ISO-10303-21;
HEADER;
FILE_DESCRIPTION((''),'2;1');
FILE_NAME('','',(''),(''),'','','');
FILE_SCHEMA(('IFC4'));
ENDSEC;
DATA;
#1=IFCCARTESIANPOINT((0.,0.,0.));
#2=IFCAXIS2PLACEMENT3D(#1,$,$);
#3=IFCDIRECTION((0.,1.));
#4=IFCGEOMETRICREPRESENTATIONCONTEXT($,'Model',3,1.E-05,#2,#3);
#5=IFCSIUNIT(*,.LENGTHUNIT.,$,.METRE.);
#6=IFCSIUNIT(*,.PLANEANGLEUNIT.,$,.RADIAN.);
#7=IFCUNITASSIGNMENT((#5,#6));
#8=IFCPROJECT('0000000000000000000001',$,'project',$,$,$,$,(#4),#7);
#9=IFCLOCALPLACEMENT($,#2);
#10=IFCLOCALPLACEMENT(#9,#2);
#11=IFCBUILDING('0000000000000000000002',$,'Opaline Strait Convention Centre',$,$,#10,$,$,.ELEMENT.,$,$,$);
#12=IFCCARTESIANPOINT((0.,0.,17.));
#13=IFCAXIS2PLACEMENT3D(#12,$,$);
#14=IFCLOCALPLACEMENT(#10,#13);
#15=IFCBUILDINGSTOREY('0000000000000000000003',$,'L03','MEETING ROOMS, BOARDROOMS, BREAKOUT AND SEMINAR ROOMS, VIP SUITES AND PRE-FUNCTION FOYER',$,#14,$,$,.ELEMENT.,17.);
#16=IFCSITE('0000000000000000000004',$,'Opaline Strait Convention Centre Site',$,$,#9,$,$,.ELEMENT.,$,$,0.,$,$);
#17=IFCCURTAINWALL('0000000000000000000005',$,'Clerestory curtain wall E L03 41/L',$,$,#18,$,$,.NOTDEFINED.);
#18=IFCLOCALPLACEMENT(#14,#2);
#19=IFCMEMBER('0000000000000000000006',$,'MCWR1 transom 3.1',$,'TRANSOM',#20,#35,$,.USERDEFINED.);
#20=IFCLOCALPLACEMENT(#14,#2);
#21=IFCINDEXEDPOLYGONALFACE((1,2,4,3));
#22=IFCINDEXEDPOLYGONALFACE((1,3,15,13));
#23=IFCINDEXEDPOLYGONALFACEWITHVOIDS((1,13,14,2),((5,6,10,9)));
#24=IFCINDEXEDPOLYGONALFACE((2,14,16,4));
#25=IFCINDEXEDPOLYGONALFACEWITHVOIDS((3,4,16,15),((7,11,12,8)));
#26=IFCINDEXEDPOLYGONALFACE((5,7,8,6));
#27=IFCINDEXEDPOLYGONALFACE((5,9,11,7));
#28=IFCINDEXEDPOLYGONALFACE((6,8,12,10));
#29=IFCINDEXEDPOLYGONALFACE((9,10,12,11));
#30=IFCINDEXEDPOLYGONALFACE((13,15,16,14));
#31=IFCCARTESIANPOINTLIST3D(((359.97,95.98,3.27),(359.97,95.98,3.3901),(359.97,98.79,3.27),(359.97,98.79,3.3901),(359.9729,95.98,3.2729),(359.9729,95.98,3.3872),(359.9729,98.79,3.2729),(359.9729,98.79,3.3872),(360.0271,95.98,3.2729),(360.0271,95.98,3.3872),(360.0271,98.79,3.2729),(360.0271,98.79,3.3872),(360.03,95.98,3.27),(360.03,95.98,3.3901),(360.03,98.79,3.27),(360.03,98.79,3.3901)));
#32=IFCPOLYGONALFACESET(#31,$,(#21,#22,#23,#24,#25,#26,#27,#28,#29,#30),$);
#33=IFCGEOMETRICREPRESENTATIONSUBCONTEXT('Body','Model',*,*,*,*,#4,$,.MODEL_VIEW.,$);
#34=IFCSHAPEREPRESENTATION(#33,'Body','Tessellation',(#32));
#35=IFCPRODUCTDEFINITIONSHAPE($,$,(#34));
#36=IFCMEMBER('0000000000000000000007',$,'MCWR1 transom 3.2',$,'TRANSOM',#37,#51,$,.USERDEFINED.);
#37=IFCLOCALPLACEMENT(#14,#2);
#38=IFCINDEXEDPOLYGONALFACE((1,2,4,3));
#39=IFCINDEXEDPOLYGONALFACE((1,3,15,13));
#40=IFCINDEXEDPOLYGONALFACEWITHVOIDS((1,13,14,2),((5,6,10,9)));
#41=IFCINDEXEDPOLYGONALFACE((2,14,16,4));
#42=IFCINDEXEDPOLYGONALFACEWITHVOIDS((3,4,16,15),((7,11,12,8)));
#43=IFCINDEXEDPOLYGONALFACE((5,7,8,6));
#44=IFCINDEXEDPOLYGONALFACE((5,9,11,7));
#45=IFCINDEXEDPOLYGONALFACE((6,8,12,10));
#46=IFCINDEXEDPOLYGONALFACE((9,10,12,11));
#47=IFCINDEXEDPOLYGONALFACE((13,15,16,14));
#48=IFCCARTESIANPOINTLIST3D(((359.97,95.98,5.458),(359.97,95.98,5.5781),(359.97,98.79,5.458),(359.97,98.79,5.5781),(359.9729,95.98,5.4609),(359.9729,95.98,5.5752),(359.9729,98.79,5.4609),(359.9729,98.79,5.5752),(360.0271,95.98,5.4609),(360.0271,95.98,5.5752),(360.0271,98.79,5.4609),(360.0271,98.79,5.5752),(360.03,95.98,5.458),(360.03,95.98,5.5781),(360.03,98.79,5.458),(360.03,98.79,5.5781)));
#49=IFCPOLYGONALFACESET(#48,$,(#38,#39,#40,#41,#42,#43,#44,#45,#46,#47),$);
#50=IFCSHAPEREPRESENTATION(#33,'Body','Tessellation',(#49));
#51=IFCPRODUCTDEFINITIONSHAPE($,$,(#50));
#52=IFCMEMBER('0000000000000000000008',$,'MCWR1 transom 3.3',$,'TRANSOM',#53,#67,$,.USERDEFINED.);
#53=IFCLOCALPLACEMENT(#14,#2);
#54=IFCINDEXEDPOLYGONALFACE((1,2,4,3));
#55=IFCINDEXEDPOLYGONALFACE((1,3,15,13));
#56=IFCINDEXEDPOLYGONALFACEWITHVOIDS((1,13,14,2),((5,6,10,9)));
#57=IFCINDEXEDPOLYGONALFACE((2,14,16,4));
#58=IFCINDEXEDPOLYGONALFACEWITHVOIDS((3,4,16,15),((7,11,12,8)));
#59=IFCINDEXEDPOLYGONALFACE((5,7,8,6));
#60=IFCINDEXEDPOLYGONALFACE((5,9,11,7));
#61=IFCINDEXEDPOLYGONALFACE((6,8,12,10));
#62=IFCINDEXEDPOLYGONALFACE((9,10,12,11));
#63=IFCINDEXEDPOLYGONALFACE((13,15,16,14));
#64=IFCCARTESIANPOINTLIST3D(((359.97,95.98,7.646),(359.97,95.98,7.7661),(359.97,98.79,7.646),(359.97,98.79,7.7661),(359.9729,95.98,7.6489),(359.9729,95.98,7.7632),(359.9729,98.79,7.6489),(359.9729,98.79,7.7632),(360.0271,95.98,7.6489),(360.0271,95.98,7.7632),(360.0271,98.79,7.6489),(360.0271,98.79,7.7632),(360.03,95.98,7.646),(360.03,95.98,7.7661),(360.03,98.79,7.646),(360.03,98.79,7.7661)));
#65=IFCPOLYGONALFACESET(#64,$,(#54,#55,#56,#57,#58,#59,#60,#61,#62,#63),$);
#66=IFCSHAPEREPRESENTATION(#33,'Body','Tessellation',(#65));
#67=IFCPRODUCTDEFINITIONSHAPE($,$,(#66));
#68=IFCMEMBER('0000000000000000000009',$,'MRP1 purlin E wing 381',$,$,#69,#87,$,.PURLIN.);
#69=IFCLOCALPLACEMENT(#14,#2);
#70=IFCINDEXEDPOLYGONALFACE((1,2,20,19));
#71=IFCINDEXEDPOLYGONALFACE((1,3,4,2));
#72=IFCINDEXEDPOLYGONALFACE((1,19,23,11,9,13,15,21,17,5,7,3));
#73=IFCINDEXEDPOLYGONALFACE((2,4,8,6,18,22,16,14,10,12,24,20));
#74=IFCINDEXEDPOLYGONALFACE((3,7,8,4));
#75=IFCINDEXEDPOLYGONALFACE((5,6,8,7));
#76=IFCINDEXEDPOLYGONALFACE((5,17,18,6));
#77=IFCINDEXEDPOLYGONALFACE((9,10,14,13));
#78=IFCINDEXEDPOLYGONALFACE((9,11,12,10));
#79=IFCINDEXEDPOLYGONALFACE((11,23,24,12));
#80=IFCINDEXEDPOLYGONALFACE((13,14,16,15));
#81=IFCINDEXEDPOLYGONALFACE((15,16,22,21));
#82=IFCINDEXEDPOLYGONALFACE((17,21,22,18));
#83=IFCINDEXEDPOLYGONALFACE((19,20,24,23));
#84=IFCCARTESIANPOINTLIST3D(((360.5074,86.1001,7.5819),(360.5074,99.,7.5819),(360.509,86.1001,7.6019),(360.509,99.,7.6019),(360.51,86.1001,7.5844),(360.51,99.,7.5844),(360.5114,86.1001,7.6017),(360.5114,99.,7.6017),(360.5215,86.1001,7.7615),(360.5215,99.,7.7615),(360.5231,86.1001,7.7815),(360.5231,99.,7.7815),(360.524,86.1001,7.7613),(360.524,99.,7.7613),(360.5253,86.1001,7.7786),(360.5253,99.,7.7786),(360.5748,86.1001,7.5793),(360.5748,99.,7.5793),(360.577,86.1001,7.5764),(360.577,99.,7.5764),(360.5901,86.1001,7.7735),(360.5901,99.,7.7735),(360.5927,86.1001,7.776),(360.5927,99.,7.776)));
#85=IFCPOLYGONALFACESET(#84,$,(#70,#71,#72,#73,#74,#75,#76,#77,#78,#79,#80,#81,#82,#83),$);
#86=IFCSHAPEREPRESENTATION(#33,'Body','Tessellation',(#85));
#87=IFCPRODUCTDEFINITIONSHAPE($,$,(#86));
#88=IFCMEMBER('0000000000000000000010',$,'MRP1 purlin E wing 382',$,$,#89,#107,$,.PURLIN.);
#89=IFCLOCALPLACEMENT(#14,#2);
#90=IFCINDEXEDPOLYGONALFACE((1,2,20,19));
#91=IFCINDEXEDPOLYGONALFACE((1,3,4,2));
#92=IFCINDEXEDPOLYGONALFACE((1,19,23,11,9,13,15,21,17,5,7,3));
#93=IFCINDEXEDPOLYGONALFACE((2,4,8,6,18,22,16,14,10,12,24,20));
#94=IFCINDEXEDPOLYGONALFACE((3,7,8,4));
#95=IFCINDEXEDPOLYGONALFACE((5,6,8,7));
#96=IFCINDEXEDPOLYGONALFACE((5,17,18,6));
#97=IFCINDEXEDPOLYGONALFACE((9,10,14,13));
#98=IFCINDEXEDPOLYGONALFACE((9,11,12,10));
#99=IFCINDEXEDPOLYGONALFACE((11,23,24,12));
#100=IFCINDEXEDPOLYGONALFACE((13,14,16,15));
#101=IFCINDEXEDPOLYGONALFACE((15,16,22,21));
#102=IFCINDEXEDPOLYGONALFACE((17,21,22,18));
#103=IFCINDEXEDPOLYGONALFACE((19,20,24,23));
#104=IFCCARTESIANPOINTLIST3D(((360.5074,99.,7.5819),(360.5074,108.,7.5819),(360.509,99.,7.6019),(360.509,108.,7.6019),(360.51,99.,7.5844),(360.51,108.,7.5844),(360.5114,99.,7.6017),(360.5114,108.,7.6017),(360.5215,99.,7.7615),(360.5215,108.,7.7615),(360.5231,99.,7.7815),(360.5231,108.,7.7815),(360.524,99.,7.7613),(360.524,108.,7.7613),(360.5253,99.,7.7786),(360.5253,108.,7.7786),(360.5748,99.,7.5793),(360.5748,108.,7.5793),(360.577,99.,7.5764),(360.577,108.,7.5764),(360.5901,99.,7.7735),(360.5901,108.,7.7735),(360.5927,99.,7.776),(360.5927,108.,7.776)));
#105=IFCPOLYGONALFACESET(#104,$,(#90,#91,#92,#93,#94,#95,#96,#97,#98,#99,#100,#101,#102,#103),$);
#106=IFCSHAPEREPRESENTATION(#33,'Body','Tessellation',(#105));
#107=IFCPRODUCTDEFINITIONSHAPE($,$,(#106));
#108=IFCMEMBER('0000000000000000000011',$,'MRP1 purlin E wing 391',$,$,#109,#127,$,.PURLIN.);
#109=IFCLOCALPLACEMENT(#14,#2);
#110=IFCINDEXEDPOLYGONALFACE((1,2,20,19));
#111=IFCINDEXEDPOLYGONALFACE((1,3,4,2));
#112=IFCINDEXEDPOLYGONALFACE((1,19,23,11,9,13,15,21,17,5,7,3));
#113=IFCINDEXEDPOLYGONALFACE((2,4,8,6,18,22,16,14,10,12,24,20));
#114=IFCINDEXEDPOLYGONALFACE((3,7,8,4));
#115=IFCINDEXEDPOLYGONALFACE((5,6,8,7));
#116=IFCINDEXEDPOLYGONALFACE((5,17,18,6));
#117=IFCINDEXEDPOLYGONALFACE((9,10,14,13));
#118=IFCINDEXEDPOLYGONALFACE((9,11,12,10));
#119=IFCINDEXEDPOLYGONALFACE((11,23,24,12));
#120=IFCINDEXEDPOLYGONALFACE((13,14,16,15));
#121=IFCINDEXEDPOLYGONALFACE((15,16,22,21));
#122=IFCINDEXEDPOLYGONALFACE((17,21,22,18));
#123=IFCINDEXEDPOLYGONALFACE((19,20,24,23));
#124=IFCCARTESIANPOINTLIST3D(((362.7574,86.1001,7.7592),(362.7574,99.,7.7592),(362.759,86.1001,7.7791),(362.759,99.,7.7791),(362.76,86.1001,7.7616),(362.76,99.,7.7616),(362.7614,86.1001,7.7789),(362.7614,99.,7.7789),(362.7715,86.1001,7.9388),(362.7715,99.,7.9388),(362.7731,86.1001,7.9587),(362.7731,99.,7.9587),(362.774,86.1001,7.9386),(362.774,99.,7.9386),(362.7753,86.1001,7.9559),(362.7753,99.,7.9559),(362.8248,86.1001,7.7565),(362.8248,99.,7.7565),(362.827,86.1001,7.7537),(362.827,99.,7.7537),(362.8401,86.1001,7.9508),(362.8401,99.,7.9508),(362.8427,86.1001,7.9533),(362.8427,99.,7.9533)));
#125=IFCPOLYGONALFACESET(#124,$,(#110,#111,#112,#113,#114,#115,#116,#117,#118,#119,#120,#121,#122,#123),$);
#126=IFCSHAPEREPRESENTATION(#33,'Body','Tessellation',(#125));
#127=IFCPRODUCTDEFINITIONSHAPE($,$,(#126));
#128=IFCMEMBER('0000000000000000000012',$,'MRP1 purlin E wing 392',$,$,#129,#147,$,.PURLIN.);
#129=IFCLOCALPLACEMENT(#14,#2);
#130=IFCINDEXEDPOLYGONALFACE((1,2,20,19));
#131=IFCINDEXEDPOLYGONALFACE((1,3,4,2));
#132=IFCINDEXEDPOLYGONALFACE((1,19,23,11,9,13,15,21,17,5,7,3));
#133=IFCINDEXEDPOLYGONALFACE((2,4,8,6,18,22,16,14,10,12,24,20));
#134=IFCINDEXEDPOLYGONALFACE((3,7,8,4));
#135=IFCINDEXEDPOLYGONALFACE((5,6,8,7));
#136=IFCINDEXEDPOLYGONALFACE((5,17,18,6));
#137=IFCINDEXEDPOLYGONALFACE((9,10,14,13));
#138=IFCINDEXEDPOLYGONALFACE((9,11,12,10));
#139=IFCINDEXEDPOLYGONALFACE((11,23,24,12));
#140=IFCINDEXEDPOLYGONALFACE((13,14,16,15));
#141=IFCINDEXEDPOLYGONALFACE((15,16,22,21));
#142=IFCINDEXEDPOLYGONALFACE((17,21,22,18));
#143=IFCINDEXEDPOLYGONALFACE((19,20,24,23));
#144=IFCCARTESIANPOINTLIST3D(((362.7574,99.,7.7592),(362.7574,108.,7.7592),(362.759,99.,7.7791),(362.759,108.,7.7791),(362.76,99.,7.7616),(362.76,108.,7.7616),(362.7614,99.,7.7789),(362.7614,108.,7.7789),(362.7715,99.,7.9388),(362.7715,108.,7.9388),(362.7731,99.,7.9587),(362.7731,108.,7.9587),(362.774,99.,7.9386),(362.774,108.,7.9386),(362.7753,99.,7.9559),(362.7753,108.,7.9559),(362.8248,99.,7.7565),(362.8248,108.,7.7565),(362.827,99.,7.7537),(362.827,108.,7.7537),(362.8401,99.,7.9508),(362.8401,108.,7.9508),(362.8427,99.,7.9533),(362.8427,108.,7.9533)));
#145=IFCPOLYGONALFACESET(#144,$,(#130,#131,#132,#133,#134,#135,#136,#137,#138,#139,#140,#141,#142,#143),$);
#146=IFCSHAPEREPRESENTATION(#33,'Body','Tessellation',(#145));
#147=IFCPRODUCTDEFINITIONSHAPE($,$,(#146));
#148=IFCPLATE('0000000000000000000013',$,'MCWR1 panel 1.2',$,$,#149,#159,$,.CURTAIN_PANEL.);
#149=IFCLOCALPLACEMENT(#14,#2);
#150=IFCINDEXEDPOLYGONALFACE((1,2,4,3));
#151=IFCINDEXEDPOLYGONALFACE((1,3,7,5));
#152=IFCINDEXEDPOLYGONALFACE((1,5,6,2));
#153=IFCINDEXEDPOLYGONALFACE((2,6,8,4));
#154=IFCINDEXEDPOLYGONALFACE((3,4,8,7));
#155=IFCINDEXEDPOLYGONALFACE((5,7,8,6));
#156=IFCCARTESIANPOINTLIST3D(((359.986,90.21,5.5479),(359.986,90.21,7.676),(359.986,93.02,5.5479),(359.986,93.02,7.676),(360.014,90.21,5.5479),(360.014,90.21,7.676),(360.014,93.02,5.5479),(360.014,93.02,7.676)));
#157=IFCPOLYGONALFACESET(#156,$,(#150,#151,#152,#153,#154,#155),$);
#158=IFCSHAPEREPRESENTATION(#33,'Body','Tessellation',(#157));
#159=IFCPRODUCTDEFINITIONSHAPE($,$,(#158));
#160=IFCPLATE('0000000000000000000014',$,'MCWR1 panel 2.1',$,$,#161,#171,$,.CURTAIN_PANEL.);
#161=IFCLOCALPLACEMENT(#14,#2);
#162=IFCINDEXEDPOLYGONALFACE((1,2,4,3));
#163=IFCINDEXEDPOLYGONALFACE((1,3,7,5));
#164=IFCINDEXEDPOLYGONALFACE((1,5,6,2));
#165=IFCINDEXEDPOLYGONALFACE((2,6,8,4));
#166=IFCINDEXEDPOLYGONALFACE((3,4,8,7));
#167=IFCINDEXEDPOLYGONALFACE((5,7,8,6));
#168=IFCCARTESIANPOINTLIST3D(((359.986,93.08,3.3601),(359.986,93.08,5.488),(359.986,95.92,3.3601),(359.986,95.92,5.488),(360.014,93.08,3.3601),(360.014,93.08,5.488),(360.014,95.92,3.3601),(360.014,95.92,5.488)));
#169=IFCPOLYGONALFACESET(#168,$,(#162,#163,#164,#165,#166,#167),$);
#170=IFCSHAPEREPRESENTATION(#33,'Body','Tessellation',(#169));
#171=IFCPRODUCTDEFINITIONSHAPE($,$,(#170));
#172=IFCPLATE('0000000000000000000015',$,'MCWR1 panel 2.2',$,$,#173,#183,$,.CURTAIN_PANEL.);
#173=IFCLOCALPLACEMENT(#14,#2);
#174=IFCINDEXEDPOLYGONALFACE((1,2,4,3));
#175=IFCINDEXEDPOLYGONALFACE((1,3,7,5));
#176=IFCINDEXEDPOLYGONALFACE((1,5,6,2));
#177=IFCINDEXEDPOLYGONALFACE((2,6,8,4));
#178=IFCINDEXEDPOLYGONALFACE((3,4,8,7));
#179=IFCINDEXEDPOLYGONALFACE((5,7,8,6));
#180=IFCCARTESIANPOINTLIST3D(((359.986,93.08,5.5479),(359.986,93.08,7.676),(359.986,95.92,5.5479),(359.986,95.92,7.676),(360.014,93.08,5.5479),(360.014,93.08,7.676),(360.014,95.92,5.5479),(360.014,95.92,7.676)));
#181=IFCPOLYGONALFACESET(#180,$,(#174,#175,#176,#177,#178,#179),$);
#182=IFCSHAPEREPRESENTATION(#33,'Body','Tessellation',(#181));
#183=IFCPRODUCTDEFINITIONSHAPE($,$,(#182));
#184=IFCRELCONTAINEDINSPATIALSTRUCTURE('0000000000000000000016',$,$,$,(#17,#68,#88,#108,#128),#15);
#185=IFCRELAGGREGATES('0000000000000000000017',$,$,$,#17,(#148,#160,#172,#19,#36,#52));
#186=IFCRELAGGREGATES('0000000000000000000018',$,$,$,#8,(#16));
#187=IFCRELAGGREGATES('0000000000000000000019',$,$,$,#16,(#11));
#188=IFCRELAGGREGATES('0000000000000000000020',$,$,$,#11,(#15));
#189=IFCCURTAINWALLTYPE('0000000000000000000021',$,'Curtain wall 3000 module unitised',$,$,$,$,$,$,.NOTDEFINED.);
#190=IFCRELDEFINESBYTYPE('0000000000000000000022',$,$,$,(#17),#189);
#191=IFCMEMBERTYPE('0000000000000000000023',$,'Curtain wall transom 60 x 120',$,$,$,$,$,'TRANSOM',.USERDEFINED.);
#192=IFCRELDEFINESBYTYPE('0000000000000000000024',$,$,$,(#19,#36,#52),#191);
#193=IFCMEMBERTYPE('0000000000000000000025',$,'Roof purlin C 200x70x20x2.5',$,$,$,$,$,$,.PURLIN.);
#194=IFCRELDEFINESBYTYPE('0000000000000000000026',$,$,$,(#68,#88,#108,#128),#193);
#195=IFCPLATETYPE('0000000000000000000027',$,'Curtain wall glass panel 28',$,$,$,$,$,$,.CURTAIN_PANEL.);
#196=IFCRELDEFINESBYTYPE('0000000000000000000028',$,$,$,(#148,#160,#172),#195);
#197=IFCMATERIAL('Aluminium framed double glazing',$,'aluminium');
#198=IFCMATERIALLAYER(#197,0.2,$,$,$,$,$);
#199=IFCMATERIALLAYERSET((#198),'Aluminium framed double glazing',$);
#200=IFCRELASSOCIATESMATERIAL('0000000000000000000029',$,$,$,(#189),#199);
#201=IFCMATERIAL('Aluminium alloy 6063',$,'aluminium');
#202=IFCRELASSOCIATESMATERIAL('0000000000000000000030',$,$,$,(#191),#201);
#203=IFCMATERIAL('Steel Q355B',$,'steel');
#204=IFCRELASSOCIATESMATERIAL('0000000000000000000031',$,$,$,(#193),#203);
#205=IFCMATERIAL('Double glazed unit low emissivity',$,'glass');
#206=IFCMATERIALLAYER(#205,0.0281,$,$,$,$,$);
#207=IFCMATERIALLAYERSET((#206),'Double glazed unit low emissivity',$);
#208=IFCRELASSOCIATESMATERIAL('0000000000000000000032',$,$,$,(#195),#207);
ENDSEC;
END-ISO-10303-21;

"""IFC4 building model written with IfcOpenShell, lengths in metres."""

from ifc_helpers import new_model, si_unit, direction, frame, origin, origin_2d, place, context, subcontext, project, spatial, polyline, rectangle, hollow_rectangle, outline, extrude, material, layer, layer_set, material_profile, profile_set, type_object, element, aggregate, save


model = new_model("IFC4")

# Units and contexts
model_context = context("Model", 3, precision=1e-05, world=origin(), true_north=direction((0.0, 1.0)))
body_context = subcontext(model_context, "Body", "Model", "MODEL_VIEW")
ifc_project = project(units=[si_unit("LENGTHUNIT", "METRE"), si_unit("PLANEANGLEUNIT", "RADIAN")], contexts=[model_context])

# Site, building, storey
site_placement = place(None, origin())
site = spatial("IfcSite", under=ifc_project, at=site_placement, Name="Opaline Strait Convention Centre Site", CompositionType="ELEMENT", RefElevation=0.0)
building_placement = place(site_placement, origin())
building = spatial("IfcBuilding", under=site, at=building_placement, Name="Opaline Strait Convention Centre", CompositionType="ELEMENT")
storey_placement = place(building_placement, frame((0.0, 0.0, 17.0)))
storey = spatial("IfcBuildingStorey", under=building, at=storey_placement, Name="L03", Description="MEETING ROOMS, BOARDROOMS, BREAKOUT AND SEMINAR ROOMS, VIP SUITES AND PRE-FUNCTION FOYER", CompositionType="ELEMENT", Elevation=17.0)

# Shared definitions
ifc_material_1 = material(Name="Steel Q355B", Category="steel")

# Curtain wall
ifc_material_2 = material(Name="Aluminium framed double glazing", Category="aluminium")
ifc_layer_1 = layer(ifc_material_2, 0.2)
ifc_layer_set_1 = layer_set([ifc_layer_1], Name="Aluminium framed double glazing")
curtain_wall_type = type_object("IfcCurtainWallType", Name="Curtain wall 3000 module unitised", PredefinedType="NOTDEFINED", material=ifc_layer_set_1)
curtain_wall_1_placement = place(storey_placement, origin())
curtain_wall_1 = element("IfcCurtainWall", 1, at=curtain_wall_1_placement, inside=storey, type_object=curtain_wall_type, Name="Clerestory curtain wall E L03 41/L", PredefinedType="NOTDEFINED")
ifc_material_3 = material(Name="Aluminium alloy 6063", Category="aluminium")

# Members
ifc_material_profile_1 = material_profile(ifc_material_3, hollow_rectangle(XDim=0.0601, YDim=0.1201, WallThickness=0.0029, at=origin_2d()), Name="TRANSOM 60x120x3")
ifc_profile_set_1 = profile_set([ifc_material_profile_1], Name="Aluminium alloy 6063")
member_type_1 = type_object("IfcMemberType", Name="Curtain wall transom 60 x 120", ElementType="TRANSOM", PredefinedType="USERDEFINED", material=ifc_profile_set_1)
member_1_placement = place(storey_placement, frame((360.0, 95.98, 3.3301), z_axis=(0.0, 1.0, 0.0), x_axis=(-1.0, 0.0, 0.0)))
member_1 = element("IfcMember", 2, at=member_1_placement, type_object=member_type_1, Name="MCWR1 transom 3.1", ObjectType="TRANSOM", PredefinedType="USERDEFINED", context=body_context, shape_type="SweptSolid", body=[
    extrude(hollow_rectangle(XDim=0.0601, YDim=0.1201, WallThickness=0.0029, at=origin_2d()), origin(), (0.0, 0.0, 1.0), 2.8101),
])
member_2_placement = place(storey_placement, frame((360.0, 95.98, 5.5181), z_axis=(0.0, 1.0, 0.0), x_axis=(-1.0, 0.0, 0.0)))
member_2 = element("IfcMember", 3, at=member_2_placement, type_object=member_type_1, Name="MCWR1 transom 3.2", ObjectType="TRANSOM", PredefinedType="USERDEFINED", context=body_context, shape_type="SweptSolid", body=[
    extrude(hollow_rectangle(XDim=0.0601, YDim=0.1201, WallThickness=0.0029, at=origin_2d()), origin(), (0.0, 0.0, 1.0), 2.8101),
])
member_3_placement = place(storey_placement, frame((360.0, 95.98, 7.7061), z_axis=(0.0, 1.0, 0.0), x_axis=(-1.0, 0.0, 0.0)))
member_3 = element("IfcMember", 4, at=member_3_placement, type_object=member_type_1, Name="MCWR1 transom 3.3", ObjectType="TRANSOM", PredefinedType="USERDEFINED", context=body_context, shape_type="SweptSolid", body=[
    extrude(hollow_rectangle(XDim=0.0601, YDim=0.1201, WallThickness=0.0029, at=origin_2d()), origin(), (0.0, 0.0, 1.0), 2.8101),
])

# Members
ifc_material_profile_2 = material_profile(ifc_material_1, outline(polyline([(-0.0349, -0.1001), (0.0349, -0.1001), (0.0349, -0.0801), (0.0325, -0.0801), (0.0325, -0.0974), (-0.0325, -0.0974), (-0.0325, 0.0974), (0.0325, 0.0974), (0.0325, 0.0801), (0.0349, 0.0801), (0.0349, 0.1001), (-0.0349, 0.1001), (-0.0349, -0.1001)])), Name="C 200x70x20x2.5")
ifc_profile_set_2 = profile_set([ifc_material_profile_2], Name="Steel Q355B")
member_type_2 = type_object("IfcMemberType", Name="Roof purlin C 200x70x20x2.5", PredefinedType="PURLIN", material=ifc_profile_set_2)
member_4_placement = place(storey_placement, frame((360.55, 86.1001, 7.679), z_axis=(0.0, 1.0, 0.0), x_axis=(-0.996917, 0.0, 0.078459)))
element("IfcMember", 5, at=member_4_placement, inside=storey, type_object=member_type_2, Name="MRP1 purlin E wing 381", PredefinedType="PURLIN", context=body_context, shape_type="SweptSolid", body=[
    extrude(outline(polyline([(-0.0349, -0.1001), (0.0349, -0.1001), (0.0349, -0.0801), (0.0325, -0.0801), (0.0325, -0.0974), (-0.0325, -0.0974), (-0.0325, 0.0974), (0.0325, 0.0974), (0.0325, 0.0801), (0.0349, 0.0801), (0.0349, 0.1001), (-0.0349, 0.1001), (-0.0349, -0.1001)])), origin(), (0.0, 0.0, 1.0), 12.8999),
])
member_5_placement = place(storey_placement, frame((360.55, 99.0, 7.679), z_axis=(0.0, 1.0, 0.0), x_axis=(-0.996917, 0.0, 0.078459)))
element("IfcMember", 6, at=member_5_placement, inside=storey, type_object=member_type_2, Name="MRP1 purlin E wing 382", PredefinedType="PURLIN", context=body_context, shape_type="SweptSolid", body=[
    extrude(outline(polyline([(-0.0349, -0.1001), (0.0349, -0.1001), (0.0349, -0.0801), (0.0325, -0.0801), (0.0325, -0.0974), (-0.0325, -0.0974), (-0.0325, 0.0974), (0.0325, 0.0974), (0.0325, 0.0801), (0.0349, 0.0801), (0.0349, 0.1001), (-0.0349, 0.1001), (-0.0349, -0.1001)])), origin(), (0.0, 0.0, 1.0), 9.0),
])
member_6_placement = place(storey_placement, frame((362.8, 86.1001, 7.8562), z_axis=(0.0, 1.0, 0.0), x_axis=(-0.996917, 0.0, 0.078459)))
element("IfcMember", 7, at=member_6_placement, inside=storey, type_object=member_type_2, Name="MRP1 purlin E wing 391", PredefinedType="PURLIN", context=body_context, shape_type="SweptSolid", body=[
    extrude(outline(polyline([(-0.0349, -0.1001), (0.0349, -0.1001), (0.0349, -0.0801), (0.0325, -0.0801), (0.0325, -0.0974), (-0.0325, -0.0974), (-0.0325, 0.0974), (0.0325, 0.0974), (0.0325, 0.0801), (0.0349, 0.0801), (0.0349, 0.1001), (-0.0349, 0.1001), (-0.0349, -0.1001)])), origin(), (0.0, 0.0, 1.0), 12.8999),
])
member_7_placement = place(storey_placement, frame((362.8, 99.0, 7.8562), z_axis=(0.0, 1.0, 0.0), x_axis=(-0.996917, 0.0, 0.078459)))
element("IfcMember", 8, at=member_7_placement, inside=storey, type_object=member_type_2, Name="MRP1 purlin E wing 392", PredefinedType="PURLIN", context=body_context, shape_type="SweptSolid", body=[
    extrude(outline(polyline([(-0.0349, -0.1001), (0.0349, -0.1001), (0.0349, -0.0801), (0.0325, -0.0801), (0.0325, -0.0974), (-0.0325, -0.0974), (-0.0325, 0.0974), (0.0325, 0.0974), (0.0325, 0.0801), (0.0349, 0.0801), (0.0349, 0.1001), (-0.0349, 0.1001), (-0.0349, -0.1001)])), origin(), (0.0, 0.0, 1.0), 9.0),
])

# Plates
ifc_material_4 = material(Name="Double glazed unit low emissivity", Category="glass")
ifc_layer_2 = layer(ifc_material_4, 0.0281)
ifc_layer_set_2 = layer_set([ifc_layer_2], Name="Double glazed unit low emissivity")
plate_type = type_object("IfcPlateType", Name="Curtain wall glass panel 28", PredefinedType="CURTAIN_PANEL", material=ifc_layer_set_2)
plate_1_placement = place(storey_placement, frame((360.0, 91.615, 5.5479), z_axis=(0.0, 0.0, 1.0), x_axis=(0.0, 1.0, 0.0)))
plate_1 = element("IfcPlate", 9, at=plate_1_placement, type_object=plate_type, Name="MCWR1 panel 1.2", PredefinedType="CURTAIN_PANEL", context=body_context, shape_type="SweptSolid", body=[
    extrude(rectangle(XDim=2.8101, YDim=0.0281, at=origin_2d()), origin(), (0.0, 0.0, 1.0), 2.1282),
])
plate_2_placement = place(storey_placement, frame((360.0, 94.5, 3.3601), z_axis=(0.0, 0.0, 1.0), x_axis=(0.0, 1.0, 0.0)))
plate_2 = element("IfcPlate", 10, at=plate_2_placement, type_object=plate_type, Name="MCWR1 panel 2.1", PredefinedType="CURTAIN_PANEL", context=body_context, shape_type="SweptSolid", body=[
    extrude(rectangle(XDim=2.8401, YDim=0.0281, at=origin_2d()), origin(), (0.0, 0.0, 1.0), 2.1279),
])
plate_3_placement = place(storey_placement, frame((360.0, 94.5, 5.5479), z_axis=(0.0, 0.0, 1.0), x_axis=(0.0, 1.0, 0.0)))
plate_3 = element("IfcPlate", 11, at=plate_3_placement, type_object=plate_type, Name="MCWR1 panel 2.2", PredefinedType="CURTAIN_PANEL", context=body_context, shape_type="SweptSolid", body=[
    extrude(rectangle(XDim=2.8401, YDim=0.0281, at=origin_2d()), origin(), (0.0, 0.0, 1.0), 2.1282),
])
aggregate(curtain_wall_1, [plate_1, plate_2, plate_3, member_1, member_2, member_3])

save(model, "model.ifc")
